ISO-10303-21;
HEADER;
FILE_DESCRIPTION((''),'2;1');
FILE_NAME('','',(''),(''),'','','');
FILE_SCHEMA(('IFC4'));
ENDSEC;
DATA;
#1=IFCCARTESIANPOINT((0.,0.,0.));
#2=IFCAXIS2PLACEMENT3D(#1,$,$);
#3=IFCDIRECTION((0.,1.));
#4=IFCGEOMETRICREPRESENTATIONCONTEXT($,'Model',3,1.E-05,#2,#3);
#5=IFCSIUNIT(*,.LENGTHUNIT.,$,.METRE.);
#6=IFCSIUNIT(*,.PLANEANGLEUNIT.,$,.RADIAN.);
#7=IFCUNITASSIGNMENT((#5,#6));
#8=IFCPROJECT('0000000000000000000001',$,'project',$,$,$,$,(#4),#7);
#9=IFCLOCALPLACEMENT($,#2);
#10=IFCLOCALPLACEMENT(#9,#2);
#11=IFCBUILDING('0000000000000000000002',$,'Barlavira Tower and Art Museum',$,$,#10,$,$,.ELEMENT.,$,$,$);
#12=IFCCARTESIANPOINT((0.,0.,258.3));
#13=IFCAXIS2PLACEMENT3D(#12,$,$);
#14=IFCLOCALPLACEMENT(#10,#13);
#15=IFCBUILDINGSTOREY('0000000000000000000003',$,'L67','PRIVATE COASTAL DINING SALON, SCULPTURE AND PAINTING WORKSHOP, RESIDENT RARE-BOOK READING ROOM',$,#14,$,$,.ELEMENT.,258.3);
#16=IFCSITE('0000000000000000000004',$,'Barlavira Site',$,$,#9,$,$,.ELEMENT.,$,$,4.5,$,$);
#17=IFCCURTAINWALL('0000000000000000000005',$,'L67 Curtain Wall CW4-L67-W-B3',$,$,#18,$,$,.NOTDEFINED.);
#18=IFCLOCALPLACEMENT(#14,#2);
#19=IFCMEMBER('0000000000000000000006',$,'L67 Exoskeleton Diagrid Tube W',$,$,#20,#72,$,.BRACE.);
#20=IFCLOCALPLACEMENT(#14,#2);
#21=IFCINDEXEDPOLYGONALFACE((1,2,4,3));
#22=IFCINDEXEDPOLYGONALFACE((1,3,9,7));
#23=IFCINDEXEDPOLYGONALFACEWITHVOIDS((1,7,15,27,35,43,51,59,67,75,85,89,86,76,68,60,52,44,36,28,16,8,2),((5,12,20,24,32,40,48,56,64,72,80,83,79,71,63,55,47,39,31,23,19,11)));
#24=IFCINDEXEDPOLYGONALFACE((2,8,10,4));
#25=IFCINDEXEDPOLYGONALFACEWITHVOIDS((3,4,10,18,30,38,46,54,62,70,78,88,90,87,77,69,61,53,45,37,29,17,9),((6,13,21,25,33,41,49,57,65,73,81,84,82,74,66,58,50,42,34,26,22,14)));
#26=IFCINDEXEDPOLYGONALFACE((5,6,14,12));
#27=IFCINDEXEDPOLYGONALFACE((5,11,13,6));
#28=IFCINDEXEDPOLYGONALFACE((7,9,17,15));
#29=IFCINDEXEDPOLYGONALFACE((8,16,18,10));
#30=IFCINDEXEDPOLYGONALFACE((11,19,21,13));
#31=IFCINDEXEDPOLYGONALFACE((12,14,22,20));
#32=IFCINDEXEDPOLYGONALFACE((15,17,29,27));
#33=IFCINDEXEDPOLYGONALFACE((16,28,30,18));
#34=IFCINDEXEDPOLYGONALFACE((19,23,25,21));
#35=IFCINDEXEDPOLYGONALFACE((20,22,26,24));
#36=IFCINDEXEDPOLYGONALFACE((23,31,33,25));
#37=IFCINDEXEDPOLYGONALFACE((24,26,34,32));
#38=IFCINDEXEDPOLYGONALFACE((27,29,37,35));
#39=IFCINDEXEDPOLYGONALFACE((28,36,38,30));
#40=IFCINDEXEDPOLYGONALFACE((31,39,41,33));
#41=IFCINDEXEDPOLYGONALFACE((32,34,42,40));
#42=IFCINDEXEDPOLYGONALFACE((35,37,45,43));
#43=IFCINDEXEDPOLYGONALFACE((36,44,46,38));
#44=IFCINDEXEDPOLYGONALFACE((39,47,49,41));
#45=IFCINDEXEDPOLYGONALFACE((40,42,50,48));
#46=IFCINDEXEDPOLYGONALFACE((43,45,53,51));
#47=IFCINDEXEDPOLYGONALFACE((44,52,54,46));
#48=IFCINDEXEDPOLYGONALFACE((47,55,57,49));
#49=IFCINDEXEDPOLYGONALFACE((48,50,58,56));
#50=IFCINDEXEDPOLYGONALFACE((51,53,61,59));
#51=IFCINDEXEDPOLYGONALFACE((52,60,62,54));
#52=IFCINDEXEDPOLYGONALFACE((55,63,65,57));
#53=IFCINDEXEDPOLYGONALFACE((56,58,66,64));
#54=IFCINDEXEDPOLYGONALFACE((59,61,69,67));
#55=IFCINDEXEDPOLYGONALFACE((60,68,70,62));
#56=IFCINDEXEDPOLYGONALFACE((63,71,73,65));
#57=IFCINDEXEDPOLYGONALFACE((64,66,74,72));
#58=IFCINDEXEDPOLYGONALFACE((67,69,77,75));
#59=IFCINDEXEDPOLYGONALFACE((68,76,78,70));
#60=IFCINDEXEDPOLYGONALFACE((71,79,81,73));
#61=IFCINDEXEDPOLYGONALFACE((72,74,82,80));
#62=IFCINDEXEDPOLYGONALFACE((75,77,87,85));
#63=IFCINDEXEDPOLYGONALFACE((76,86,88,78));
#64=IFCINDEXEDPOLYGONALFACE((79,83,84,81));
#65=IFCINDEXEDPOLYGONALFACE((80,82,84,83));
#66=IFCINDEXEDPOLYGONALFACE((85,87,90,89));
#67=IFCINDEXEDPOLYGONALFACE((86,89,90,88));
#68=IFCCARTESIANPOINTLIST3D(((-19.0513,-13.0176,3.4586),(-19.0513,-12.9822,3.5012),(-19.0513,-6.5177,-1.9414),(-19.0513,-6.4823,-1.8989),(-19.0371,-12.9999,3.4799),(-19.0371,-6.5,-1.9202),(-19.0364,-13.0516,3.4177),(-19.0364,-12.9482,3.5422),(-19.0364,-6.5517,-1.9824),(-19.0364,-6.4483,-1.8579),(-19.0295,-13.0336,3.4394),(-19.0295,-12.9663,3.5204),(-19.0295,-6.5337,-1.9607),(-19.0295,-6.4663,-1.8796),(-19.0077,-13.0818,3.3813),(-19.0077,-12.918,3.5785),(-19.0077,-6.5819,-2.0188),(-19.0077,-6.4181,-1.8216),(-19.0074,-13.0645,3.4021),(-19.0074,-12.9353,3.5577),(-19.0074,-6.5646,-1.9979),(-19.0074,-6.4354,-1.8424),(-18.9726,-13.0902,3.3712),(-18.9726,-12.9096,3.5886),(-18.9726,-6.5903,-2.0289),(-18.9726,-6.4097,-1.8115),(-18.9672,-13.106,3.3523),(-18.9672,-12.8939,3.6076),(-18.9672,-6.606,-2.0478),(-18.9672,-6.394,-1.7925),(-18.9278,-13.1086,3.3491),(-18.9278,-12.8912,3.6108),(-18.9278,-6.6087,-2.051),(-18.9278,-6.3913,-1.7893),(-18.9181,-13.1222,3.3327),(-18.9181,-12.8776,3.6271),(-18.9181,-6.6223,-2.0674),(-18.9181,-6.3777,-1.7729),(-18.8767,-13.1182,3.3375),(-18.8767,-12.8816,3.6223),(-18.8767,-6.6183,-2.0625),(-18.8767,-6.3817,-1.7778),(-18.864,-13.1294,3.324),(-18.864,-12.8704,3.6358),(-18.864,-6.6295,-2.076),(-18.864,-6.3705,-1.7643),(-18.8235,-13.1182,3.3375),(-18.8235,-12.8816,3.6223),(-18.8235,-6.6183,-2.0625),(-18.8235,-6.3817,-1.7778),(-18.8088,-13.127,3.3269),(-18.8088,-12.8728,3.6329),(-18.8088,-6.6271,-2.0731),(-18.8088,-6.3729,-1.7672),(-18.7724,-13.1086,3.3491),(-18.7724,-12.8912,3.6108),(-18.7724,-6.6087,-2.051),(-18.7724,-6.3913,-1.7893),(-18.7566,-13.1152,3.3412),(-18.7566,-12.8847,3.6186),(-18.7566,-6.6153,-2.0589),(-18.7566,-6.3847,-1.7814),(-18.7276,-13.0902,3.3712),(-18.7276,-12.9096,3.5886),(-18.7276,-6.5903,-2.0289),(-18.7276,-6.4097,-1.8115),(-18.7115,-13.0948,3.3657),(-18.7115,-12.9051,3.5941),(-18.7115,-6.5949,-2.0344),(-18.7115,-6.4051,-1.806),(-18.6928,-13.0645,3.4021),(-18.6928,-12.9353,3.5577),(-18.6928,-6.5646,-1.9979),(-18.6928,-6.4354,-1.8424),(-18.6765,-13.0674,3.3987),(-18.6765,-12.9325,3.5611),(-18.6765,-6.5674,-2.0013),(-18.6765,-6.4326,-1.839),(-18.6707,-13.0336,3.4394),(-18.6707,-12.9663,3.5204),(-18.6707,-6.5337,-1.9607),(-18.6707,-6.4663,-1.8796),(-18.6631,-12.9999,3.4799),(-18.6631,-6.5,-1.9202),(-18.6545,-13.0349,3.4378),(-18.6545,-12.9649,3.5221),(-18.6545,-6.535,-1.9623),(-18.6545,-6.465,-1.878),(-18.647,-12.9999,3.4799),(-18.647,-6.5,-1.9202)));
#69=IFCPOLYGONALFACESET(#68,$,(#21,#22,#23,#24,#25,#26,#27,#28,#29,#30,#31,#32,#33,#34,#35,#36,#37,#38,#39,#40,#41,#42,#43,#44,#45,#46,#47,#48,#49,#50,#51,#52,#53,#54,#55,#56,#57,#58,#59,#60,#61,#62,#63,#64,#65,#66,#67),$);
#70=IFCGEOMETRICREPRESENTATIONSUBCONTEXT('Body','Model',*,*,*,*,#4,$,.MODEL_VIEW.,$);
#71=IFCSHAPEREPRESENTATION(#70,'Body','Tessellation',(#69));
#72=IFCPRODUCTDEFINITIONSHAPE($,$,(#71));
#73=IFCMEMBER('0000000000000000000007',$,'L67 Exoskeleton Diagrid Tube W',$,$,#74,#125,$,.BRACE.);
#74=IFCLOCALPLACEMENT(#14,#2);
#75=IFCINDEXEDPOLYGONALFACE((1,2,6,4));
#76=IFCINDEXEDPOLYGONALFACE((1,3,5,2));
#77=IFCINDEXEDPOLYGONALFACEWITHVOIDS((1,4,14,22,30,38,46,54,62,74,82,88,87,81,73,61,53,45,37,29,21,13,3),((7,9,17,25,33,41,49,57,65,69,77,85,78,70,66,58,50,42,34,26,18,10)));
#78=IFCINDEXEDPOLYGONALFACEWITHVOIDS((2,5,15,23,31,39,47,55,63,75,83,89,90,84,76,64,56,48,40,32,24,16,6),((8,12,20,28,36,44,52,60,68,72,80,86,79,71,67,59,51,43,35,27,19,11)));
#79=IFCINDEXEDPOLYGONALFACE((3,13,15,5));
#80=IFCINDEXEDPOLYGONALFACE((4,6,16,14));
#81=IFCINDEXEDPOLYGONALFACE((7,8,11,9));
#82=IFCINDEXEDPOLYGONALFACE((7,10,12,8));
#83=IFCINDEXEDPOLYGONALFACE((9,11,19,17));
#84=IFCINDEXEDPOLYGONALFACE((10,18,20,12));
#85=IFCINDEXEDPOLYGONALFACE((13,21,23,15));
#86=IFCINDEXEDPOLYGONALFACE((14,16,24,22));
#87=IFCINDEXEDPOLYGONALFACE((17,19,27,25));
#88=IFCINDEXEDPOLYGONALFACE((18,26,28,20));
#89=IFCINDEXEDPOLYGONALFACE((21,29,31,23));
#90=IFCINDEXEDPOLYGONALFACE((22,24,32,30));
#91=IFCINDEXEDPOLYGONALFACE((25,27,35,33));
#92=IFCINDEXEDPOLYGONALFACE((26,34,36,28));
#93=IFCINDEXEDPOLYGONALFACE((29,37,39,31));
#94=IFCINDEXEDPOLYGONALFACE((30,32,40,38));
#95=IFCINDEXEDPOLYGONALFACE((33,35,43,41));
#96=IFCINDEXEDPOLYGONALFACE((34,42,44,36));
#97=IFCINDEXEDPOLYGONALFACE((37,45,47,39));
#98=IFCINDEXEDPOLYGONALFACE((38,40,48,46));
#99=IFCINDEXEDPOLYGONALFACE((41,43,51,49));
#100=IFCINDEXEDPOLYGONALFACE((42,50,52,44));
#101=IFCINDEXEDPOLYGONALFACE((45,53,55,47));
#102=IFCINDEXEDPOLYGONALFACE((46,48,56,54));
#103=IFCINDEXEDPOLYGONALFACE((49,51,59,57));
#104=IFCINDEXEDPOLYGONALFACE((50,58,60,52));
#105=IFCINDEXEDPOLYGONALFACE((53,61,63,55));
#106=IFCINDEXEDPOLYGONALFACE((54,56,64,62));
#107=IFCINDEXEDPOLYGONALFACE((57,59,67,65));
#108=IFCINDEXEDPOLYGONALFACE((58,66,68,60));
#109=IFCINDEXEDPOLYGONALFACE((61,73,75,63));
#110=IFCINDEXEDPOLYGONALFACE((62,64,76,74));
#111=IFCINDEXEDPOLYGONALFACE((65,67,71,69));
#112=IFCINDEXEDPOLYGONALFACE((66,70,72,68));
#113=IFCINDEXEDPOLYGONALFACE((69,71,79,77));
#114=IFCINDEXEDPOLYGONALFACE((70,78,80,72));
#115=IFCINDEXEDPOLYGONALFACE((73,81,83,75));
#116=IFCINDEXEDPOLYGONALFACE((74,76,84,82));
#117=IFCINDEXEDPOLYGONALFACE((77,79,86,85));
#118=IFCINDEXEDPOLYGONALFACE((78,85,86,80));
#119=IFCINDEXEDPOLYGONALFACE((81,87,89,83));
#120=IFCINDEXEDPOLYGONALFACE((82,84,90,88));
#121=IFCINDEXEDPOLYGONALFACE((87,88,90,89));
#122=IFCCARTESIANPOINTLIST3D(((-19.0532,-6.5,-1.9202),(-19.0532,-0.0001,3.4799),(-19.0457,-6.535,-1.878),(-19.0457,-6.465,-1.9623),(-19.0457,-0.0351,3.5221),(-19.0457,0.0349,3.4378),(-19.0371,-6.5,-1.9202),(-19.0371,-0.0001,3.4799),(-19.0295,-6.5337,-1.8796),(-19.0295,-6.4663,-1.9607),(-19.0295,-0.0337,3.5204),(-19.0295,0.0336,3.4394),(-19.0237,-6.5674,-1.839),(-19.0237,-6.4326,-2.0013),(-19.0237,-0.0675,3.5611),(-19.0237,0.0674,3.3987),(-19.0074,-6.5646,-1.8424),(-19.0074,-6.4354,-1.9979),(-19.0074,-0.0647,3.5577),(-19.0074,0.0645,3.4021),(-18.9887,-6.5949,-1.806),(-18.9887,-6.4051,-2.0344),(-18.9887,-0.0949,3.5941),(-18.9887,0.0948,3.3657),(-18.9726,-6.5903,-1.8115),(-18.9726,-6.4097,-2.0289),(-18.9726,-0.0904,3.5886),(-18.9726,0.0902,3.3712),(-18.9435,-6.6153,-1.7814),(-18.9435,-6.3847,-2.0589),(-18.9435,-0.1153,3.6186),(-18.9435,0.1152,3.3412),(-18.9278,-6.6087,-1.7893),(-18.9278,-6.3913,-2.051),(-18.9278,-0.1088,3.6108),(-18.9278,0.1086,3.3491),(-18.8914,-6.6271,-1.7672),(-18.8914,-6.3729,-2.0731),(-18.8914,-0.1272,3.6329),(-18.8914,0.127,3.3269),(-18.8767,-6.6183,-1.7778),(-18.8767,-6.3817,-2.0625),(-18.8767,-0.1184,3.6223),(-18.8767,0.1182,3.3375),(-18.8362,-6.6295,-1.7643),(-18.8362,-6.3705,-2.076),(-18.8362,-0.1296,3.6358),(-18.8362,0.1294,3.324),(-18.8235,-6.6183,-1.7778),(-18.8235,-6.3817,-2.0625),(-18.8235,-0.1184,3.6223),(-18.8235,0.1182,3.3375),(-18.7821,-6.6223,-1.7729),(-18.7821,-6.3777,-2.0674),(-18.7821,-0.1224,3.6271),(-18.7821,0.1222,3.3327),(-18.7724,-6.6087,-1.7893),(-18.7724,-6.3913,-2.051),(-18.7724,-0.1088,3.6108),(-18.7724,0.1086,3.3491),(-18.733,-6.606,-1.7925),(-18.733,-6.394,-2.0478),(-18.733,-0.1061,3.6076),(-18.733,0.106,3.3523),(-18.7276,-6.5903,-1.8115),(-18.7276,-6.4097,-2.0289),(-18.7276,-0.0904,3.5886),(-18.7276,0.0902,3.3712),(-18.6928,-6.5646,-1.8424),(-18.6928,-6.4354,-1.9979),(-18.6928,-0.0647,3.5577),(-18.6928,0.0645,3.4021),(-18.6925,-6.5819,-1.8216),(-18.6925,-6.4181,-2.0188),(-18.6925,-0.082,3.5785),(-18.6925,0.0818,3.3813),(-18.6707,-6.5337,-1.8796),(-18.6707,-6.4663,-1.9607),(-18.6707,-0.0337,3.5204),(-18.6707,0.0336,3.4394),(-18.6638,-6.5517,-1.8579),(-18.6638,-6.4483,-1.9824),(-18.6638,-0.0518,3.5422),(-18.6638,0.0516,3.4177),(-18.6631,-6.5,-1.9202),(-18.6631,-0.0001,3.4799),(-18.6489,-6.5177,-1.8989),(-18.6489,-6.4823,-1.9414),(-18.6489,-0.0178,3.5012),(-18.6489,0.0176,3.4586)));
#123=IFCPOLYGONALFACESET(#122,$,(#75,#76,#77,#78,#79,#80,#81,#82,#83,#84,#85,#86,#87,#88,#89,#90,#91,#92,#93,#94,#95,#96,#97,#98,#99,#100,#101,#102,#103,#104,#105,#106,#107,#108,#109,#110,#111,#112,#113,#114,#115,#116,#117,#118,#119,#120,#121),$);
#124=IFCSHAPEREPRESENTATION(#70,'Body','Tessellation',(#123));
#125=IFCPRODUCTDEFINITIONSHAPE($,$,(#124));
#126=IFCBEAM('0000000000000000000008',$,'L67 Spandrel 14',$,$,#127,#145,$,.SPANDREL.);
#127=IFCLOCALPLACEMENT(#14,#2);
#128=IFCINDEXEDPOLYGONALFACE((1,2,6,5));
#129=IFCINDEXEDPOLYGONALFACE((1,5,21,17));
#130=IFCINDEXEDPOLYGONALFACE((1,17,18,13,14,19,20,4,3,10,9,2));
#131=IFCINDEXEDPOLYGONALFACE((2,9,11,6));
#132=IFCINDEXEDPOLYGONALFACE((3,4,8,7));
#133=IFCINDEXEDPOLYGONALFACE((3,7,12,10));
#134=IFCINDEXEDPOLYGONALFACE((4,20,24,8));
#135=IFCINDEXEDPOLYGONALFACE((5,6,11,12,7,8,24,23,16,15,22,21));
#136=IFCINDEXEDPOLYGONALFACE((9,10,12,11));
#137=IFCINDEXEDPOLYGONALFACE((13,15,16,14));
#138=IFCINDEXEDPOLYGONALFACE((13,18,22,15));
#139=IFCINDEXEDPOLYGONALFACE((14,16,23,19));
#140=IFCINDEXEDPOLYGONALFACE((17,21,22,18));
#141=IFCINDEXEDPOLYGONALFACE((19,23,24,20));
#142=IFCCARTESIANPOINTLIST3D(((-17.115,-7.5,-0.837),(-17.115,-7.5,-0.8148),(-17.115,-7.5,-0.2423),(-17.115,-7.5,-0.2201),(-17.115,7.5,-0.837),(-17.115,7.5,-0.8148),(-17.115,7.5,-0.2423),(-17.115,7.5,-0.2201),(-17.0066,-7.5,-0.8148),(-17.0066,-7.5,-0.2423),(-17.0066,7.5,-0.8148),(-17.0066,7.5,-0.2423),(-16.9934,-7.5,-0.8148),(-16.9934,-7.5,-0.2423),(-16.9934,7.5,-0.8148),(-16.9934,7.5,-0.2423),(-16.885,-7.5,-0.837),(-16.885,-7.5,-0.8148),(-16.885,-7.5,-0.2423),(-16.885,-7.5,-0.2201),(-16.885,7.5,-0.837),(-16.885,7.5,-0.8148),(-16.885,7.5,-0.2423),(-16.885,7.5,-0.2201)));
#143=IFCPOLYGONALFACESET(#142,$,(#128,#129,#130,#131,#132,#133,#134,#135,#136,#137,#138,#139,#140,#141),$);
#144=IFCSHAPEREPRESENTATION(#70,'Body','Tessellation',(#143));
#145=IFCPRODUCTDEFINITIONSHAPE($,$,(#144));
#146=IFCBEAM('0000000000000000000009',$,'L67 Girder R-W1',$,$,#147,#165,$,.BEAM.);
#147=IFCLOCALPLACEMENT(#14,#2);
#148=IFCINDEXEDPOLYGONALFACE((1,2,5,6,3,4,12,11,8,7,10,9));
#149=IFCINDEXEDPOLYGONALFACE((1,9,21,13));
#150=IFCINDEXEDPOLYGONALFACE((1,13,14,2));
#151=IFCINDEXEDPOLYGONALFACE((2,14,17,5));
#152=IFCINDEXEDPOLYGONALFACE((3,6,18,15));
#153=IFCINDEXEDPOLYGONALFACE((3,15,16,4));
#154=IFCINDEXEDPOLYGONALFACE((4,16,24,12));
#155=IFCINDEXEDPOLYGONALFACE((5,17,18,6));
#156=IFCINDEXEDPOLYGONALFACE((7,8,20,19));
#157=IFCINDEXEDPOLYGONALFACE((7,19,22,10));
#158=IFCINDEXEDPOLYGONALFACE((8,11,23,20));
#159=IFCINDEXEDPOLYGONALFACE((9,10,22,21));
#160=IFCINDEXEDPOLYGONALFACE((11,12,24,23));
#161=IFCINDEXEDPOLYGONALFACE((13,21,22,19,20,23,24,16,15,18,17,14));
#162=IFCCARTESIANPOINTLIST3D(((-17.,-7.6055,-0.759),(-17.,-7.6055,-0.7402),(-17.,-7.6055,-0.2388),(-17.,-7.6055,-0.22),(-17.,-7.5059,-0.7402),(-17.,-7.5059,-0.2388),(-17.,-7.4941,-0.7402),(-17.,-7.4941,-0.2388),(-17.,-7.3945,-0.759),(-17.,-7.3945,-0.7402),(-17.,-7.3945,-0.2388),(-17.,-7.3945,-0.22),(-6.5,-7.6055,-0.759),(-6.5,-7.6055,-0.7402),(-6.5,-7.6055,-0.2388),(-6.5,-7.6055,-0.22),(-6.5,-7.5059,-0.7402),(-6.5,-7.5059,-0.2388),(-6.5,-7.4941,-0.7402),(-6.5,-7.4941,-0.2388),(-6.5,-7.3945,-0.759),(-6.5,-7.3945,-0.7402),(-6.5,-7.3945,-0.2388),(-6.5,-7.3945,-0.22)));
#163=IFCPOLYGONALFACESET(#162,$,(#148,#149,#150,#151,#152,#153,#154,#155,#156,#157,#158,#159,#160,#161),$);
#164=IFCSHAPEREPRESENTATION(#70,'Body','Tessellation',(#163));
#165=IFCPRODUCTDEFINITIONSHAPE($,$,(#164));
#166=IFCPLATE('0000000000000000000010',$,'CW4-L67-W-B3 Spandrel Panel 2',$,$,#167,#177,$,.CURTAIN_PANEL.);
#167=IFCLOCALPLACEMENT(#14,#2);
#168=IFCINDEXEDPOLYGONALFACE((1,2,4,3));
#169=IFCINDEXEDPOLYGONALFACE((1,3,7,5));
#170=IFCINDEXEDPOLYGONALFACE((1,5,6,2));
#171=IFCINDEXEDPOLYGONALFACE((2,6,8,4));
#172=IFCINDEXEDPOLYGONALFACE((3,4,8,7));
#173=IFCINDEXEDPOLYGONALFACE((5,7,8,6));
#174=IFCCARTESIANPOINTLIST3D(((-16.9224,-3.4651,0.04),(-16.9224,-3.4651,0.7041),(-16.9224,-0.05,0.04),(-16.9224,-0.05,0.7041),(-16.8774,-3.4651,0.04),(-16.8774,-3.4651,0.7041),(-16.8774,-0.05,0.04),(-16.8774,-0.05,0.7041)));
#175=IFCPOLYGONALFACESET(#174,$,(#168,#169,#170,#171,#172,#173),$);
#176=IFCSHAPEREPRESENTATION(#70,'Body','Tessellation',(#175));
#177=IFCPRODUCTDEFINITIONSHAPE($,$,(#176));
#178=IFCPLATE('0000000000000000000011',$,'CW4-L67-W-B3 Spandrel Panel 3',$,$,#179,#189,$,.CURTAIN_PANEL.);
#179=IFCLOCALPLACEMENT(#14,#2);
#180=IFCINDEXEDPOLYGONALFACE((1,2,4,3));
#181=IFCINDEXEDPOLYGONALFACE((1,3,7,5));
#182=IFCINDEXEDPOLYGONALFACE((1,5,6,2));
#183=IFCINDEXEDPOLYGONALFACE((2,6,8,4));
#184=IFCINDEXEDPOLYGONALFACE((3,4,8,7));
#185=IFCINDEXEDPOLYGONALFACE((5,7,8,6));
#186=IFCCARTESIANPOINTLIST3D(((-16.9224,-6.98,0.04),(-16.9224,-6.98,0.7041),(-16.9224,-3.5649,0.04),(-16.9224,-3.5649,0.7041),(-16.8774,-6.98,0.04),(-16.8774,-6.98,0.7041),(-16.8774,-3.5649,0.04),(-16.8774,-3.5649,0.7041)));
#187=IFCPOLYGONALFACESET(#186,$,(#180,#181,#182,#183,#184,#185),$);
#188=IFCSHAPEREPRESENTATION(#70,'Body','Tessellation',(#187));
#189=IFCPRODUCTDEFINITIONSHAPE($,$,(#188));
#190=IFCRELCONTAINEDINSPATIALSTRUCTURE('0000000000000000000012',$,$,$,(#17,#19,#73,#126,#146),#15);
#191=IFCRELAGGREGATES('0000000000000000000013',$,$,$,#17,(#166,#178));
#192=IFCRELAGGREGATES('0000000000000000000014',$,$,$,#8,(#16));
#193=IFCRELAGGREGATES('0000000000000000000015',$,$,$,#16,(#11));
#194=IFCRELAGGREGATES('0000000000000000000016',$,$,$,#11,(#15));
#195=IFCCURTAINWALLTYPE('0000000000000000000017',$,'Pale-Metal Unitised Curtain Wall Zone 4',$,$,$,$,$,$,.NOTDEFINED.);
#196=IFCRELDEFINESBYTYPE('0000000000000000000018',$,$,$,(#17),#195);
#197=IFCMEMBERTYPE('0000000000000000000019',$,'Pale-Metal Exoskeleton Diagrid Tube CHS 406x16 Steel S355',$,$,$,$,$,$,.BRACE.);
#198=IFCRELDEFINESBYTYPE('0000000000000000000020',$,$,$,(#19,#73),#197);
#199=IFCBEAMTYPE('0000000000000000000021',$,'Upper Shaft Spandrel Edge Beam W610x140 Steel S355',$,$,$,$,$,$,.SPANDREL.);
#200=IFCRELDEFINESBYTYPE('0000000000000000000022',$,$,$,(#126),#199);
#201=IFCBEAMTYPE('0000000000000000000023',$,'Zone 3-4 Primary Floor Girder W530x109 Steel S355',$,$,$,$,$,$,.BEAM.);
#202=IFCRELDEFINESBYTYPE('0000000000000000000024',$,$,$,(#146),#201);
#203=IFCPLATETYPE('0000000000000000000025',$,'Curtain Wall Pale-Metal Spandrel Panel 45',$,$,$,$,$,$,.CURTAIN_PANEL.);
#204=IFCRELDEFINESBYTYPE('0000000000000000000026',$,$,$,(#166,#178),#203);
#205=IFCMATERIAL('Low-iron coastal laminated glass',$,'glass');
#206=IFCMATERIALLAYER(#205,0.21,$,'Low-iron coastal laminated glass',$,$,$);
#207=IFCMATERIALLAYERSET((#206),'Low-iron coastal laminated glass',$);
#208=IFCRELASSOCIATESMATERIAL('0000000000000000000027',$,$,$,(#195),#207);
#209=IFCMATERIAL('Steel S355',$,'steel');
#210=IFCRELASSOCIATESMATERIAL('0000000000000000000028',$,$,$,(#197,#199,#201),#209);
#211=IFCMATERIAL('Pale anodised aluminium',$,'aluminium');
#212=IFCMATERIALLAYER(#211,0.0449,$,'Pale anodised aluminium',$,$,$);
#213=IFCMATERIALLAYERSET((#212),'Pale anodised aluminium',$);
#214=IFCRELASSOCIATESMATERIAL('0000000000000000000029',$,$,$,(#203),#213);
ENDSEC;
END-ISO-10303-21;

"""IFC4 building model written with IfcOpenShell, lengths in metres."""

from ifc_helpers import new_model, si_unit, direction, frame, origin, origin_2d, place, context, subcontext, project, spatial, rectangle, hollow_circle, i_section, extrude, material, layer, layer_set, material_profile, profile_set, type_object, element, aggregate, save


model = new_model("IFC4")

# Units and contexts
model_context = context("Model", 3, precision=1e-05, world=origin(), true_north=direction((0.0, 1.0)))
body_context = subcontext(model_context, "Body", "Model", "MODEL_VIEW")
ifc_project = project(units=[si_unit("LENGTHUNIT", "METRE"), si_unit("PLANEANGLEUNIT", "RADIAN")], contexts=[model_context])

# Site, building, storey
site_placement = place(None, origin())
site = spatial("IfcSite", under=ifc_project, at=site_placement, Name="Barlavira Site", CompositionType="ELEMENT", RefElevation=4.5)
building_placement = place(site_placement, origin())
building = spatial("IfcBuilding", under=site, at=building_placement, Name="Barlavira Tower and Art Museum", CompositionType="ELEMENT")
storey_placement = place(building_placement, frame((0.0, 0.0, 258.3)))
storey = spatial("IfcBuildingStorey", under=building, at=storey_placement, Name="L67", Description="PRIVATE COASTAL DINING SALON, SCULPTURE AND PAINTING WORKSHOP, RESIDENT RARE-BOOK READING ROOM", CompositionType="ELEMENT", Elevation=258.3)

# Curtain wall
ifc_material_1 = material(Name="Low-iron coastal laminated glass", Category="glass")
ifc_layer_1 = layer(ifc_material_1, 0.21, Name="Low-iron coastal laminated glass")
ifc_layer_set_1 = layer_set([ifc_layer_1], Name="Low-iron coastal laminated glass")
curtain_wall_type = type_object("IfcCurtainWallType", Name="Pale-Metal Unitised Curtain Wall Zone 4", PredefinedType="NOTDEFINED", material=ifc_layer_set_1)
curtain_wall_placement = place(storey_placement, origin())
curtain_wall = element("IfcCurtainWall", 1, at=curtain_wall_placement, inside=storey, type_object=curtain_wall_type, Name="L67 Curtain Wall CW4-L67-W-B3", PredefinedType="NOTDEFINED")
ifc_material_2 = material(Name="Pale anodised aluminium", Category="aluminium")

# Members
ifc_material_3 = material(Name="Steel S355", Category="steel")
ifc_material_profile_1 = material_profile(ifc_material_3, hollow_circle(Radius=0.2031, WallThickness=0.0161, at=origin_2d()), Name="CHS 406.4x16.0")
ifc_profile_set_1 = profile_set([ifc_material_profile_1], Name="Steel S355")
member_type_1 = type_object("IfcMemberType", Name="Pale-Metal Exoskeleton Diagrid Tube CHS 406x16 Steel S355", PredefinedType="BRACE", material=ifc_profile_set_1)
for number, where, z_axis, x_axis, name in (
    (2, (-18.8501, -6.5, -1.9202), (0.0, -0.769182, 0.63903), (1.0, 0.0, 0.0), "L67 Exoskeleton Diagrid Tube W"),
    (3, (-18.8501, -6.5, -1.9202), (0.0, 0.769182, 0.63903), (-1.0, 0.0, 0.0), "L67 Exoskeleton Diagrid Tube W"),
):
    element("IfcMember", number, at=place(storey_placement, frame(where, z_axis=z_axis, x_axis=x_axis)), inside=storey, type_object=member_type_1, Name=name, PredefinedType="BRACE", context=body_context, shape_type="SweptSolid", body=[
        extrude(hollow_circle(Radius=0.2031, WallThickness=0.0161, at=origin_2d()), origin(), (0.0, 0.0, 1.0), 8.4504),
    ])

# Beams
ifc_material_profile_2 = material_profile(ifc_material_3, i_section(OverallWidth=0.23, OverallDepth=0.6169, WebThickness=0.0132, FlangeThickness=0.0222, at=origin_2d()), Name="W610x140.0")
ifc_profile_set_2 = profile_set([ifc_material_profile_2], Name="Steel S355")
beam_type_1 = type_object("IfcBeamType", Name="Upper Shaft Spandrel Edge Beam W610x140 Steel S355", PredefinedType="SPANDREL", material=ifc_profile_set_2)
beam_1_placement = place(storey_placement, frame((-17.0, -7.5, -0.5286), z_axis=(0.0, 1.0, 0.0), x_axis=(-1.0, 0.0, 0.0)))
element("IfcBeam", 4, at=beam_1_placement, inside=storey, type_object=beam_type_1, Name="L67 Spandrel 14", PredefinedType="SPANDREL", context=body_context, shape_type="SweptSolid", body=[
    extrude(i_section(OverallWidth=0.23, OverallDepth=0.6169, WebThickness=0.0132, FlangeThickness=0.0222, at=origin_2d()), origin(), (0.0, 0.0, 1.0), 15.0),
])
ifc_material_profile_3 = material_profile(ifc_material_3, i_section(OverallWidth=0.2109, OverallDepth=0.5391, WebThickness=0.0117, FlangeThickness=0.0188, at=origin_2d()), Name="W530x109.0")
ifc_profile_set_3 = profile_set([ifc_material_profile_3], Name="Steel S355")
beam_type_2 = type_object("IfcBeamType", Name="Zone 3-4 Primary Floor Girder W530x109 Steel S355", PredefinedType="BEAM", material=ifc_profile_set_3)
beam_2_placement = place(storey_placement, frame((-17.0, -7.5, -0.4895), z_axis=(1.0, 0.0, 0.0), x_axis=(0.0, 1.0, 0.0)))
element("IfcBeam", 5, at=beam_2_placement, inside=storey, type_object=beam_type_2, Name="L67 Girder R-W1", PredefinedType="BEAM", context=body_context, shape_type="SweptSolid", body=[
    extrude(i_section(OverallWidth=0.2109, OverallDepth=0.5391, WebThickness=0.0117, FlangeThickness=0.0188, at=origin_2d()), origin(), (0.0, 0.0, 1.0), 10.5),
])

# Plates
ifc_layer_2 = layer(ifc_material_2, 0.0449, Name="Pale anodised aluminium")
ifc_layer_set_2 = layer_set([ifc_layer_2], Name="Pale anodised aluminium")
plate_type_1 = type_object("IfcPlateType", Name="Curtain Wall Pale-Metal Spandrel Panel 45", PredefinedType="CURTAIN_PANEL", material=ifc_layer_set_2)
plate_1_placement = place(storey_placement, frame((-16.8999, -1.7576, 0.04), z_axis=(0.0, 0.0, 1.0), x_axis=(0.0, -1.0, 0.0)))
plate_1 = element("IfcPlate", 6, at=plate_1_placement, type_object=plate_type_1, Name="CW4-L67-W-B3 Spandrel Panel 2", PredefinedType="CURTAIN_PANEL", context=body_context, shape_type="SweptSolid", body=[
    extrude(rectangle(XDim=3.415, YDim=0.0449, at=origin_2d()), origin(), (0.0, 0.0, 1.0), 0.6641),
])
plate_2_placement = place(storey_placement, frame((-16.8999, -5.2725, 0.04), z_axis=(0.0, 0.0, 1.0), x_axis=(0.0, -1.0, 0.0)))
plate_2 = element("IfcPlate", 7, at=plate_2_placement, type_object=plate_type_1, Name="CW4-L67-W-B3 Spandrel Panel 3", PredefinedType="CURTAIN_PANEL", context=body_context, shape_type="SweptSolid", body=[
    extrude(rectangle(XDim=3.415, YDim=0.0449, at=origin_2d()), origin(), (0.0, 0.0, 1.0), 0.6641),
])
aggregate(curtain_wall, [plate_1, plate_2])

save(model, "model.ifc")
